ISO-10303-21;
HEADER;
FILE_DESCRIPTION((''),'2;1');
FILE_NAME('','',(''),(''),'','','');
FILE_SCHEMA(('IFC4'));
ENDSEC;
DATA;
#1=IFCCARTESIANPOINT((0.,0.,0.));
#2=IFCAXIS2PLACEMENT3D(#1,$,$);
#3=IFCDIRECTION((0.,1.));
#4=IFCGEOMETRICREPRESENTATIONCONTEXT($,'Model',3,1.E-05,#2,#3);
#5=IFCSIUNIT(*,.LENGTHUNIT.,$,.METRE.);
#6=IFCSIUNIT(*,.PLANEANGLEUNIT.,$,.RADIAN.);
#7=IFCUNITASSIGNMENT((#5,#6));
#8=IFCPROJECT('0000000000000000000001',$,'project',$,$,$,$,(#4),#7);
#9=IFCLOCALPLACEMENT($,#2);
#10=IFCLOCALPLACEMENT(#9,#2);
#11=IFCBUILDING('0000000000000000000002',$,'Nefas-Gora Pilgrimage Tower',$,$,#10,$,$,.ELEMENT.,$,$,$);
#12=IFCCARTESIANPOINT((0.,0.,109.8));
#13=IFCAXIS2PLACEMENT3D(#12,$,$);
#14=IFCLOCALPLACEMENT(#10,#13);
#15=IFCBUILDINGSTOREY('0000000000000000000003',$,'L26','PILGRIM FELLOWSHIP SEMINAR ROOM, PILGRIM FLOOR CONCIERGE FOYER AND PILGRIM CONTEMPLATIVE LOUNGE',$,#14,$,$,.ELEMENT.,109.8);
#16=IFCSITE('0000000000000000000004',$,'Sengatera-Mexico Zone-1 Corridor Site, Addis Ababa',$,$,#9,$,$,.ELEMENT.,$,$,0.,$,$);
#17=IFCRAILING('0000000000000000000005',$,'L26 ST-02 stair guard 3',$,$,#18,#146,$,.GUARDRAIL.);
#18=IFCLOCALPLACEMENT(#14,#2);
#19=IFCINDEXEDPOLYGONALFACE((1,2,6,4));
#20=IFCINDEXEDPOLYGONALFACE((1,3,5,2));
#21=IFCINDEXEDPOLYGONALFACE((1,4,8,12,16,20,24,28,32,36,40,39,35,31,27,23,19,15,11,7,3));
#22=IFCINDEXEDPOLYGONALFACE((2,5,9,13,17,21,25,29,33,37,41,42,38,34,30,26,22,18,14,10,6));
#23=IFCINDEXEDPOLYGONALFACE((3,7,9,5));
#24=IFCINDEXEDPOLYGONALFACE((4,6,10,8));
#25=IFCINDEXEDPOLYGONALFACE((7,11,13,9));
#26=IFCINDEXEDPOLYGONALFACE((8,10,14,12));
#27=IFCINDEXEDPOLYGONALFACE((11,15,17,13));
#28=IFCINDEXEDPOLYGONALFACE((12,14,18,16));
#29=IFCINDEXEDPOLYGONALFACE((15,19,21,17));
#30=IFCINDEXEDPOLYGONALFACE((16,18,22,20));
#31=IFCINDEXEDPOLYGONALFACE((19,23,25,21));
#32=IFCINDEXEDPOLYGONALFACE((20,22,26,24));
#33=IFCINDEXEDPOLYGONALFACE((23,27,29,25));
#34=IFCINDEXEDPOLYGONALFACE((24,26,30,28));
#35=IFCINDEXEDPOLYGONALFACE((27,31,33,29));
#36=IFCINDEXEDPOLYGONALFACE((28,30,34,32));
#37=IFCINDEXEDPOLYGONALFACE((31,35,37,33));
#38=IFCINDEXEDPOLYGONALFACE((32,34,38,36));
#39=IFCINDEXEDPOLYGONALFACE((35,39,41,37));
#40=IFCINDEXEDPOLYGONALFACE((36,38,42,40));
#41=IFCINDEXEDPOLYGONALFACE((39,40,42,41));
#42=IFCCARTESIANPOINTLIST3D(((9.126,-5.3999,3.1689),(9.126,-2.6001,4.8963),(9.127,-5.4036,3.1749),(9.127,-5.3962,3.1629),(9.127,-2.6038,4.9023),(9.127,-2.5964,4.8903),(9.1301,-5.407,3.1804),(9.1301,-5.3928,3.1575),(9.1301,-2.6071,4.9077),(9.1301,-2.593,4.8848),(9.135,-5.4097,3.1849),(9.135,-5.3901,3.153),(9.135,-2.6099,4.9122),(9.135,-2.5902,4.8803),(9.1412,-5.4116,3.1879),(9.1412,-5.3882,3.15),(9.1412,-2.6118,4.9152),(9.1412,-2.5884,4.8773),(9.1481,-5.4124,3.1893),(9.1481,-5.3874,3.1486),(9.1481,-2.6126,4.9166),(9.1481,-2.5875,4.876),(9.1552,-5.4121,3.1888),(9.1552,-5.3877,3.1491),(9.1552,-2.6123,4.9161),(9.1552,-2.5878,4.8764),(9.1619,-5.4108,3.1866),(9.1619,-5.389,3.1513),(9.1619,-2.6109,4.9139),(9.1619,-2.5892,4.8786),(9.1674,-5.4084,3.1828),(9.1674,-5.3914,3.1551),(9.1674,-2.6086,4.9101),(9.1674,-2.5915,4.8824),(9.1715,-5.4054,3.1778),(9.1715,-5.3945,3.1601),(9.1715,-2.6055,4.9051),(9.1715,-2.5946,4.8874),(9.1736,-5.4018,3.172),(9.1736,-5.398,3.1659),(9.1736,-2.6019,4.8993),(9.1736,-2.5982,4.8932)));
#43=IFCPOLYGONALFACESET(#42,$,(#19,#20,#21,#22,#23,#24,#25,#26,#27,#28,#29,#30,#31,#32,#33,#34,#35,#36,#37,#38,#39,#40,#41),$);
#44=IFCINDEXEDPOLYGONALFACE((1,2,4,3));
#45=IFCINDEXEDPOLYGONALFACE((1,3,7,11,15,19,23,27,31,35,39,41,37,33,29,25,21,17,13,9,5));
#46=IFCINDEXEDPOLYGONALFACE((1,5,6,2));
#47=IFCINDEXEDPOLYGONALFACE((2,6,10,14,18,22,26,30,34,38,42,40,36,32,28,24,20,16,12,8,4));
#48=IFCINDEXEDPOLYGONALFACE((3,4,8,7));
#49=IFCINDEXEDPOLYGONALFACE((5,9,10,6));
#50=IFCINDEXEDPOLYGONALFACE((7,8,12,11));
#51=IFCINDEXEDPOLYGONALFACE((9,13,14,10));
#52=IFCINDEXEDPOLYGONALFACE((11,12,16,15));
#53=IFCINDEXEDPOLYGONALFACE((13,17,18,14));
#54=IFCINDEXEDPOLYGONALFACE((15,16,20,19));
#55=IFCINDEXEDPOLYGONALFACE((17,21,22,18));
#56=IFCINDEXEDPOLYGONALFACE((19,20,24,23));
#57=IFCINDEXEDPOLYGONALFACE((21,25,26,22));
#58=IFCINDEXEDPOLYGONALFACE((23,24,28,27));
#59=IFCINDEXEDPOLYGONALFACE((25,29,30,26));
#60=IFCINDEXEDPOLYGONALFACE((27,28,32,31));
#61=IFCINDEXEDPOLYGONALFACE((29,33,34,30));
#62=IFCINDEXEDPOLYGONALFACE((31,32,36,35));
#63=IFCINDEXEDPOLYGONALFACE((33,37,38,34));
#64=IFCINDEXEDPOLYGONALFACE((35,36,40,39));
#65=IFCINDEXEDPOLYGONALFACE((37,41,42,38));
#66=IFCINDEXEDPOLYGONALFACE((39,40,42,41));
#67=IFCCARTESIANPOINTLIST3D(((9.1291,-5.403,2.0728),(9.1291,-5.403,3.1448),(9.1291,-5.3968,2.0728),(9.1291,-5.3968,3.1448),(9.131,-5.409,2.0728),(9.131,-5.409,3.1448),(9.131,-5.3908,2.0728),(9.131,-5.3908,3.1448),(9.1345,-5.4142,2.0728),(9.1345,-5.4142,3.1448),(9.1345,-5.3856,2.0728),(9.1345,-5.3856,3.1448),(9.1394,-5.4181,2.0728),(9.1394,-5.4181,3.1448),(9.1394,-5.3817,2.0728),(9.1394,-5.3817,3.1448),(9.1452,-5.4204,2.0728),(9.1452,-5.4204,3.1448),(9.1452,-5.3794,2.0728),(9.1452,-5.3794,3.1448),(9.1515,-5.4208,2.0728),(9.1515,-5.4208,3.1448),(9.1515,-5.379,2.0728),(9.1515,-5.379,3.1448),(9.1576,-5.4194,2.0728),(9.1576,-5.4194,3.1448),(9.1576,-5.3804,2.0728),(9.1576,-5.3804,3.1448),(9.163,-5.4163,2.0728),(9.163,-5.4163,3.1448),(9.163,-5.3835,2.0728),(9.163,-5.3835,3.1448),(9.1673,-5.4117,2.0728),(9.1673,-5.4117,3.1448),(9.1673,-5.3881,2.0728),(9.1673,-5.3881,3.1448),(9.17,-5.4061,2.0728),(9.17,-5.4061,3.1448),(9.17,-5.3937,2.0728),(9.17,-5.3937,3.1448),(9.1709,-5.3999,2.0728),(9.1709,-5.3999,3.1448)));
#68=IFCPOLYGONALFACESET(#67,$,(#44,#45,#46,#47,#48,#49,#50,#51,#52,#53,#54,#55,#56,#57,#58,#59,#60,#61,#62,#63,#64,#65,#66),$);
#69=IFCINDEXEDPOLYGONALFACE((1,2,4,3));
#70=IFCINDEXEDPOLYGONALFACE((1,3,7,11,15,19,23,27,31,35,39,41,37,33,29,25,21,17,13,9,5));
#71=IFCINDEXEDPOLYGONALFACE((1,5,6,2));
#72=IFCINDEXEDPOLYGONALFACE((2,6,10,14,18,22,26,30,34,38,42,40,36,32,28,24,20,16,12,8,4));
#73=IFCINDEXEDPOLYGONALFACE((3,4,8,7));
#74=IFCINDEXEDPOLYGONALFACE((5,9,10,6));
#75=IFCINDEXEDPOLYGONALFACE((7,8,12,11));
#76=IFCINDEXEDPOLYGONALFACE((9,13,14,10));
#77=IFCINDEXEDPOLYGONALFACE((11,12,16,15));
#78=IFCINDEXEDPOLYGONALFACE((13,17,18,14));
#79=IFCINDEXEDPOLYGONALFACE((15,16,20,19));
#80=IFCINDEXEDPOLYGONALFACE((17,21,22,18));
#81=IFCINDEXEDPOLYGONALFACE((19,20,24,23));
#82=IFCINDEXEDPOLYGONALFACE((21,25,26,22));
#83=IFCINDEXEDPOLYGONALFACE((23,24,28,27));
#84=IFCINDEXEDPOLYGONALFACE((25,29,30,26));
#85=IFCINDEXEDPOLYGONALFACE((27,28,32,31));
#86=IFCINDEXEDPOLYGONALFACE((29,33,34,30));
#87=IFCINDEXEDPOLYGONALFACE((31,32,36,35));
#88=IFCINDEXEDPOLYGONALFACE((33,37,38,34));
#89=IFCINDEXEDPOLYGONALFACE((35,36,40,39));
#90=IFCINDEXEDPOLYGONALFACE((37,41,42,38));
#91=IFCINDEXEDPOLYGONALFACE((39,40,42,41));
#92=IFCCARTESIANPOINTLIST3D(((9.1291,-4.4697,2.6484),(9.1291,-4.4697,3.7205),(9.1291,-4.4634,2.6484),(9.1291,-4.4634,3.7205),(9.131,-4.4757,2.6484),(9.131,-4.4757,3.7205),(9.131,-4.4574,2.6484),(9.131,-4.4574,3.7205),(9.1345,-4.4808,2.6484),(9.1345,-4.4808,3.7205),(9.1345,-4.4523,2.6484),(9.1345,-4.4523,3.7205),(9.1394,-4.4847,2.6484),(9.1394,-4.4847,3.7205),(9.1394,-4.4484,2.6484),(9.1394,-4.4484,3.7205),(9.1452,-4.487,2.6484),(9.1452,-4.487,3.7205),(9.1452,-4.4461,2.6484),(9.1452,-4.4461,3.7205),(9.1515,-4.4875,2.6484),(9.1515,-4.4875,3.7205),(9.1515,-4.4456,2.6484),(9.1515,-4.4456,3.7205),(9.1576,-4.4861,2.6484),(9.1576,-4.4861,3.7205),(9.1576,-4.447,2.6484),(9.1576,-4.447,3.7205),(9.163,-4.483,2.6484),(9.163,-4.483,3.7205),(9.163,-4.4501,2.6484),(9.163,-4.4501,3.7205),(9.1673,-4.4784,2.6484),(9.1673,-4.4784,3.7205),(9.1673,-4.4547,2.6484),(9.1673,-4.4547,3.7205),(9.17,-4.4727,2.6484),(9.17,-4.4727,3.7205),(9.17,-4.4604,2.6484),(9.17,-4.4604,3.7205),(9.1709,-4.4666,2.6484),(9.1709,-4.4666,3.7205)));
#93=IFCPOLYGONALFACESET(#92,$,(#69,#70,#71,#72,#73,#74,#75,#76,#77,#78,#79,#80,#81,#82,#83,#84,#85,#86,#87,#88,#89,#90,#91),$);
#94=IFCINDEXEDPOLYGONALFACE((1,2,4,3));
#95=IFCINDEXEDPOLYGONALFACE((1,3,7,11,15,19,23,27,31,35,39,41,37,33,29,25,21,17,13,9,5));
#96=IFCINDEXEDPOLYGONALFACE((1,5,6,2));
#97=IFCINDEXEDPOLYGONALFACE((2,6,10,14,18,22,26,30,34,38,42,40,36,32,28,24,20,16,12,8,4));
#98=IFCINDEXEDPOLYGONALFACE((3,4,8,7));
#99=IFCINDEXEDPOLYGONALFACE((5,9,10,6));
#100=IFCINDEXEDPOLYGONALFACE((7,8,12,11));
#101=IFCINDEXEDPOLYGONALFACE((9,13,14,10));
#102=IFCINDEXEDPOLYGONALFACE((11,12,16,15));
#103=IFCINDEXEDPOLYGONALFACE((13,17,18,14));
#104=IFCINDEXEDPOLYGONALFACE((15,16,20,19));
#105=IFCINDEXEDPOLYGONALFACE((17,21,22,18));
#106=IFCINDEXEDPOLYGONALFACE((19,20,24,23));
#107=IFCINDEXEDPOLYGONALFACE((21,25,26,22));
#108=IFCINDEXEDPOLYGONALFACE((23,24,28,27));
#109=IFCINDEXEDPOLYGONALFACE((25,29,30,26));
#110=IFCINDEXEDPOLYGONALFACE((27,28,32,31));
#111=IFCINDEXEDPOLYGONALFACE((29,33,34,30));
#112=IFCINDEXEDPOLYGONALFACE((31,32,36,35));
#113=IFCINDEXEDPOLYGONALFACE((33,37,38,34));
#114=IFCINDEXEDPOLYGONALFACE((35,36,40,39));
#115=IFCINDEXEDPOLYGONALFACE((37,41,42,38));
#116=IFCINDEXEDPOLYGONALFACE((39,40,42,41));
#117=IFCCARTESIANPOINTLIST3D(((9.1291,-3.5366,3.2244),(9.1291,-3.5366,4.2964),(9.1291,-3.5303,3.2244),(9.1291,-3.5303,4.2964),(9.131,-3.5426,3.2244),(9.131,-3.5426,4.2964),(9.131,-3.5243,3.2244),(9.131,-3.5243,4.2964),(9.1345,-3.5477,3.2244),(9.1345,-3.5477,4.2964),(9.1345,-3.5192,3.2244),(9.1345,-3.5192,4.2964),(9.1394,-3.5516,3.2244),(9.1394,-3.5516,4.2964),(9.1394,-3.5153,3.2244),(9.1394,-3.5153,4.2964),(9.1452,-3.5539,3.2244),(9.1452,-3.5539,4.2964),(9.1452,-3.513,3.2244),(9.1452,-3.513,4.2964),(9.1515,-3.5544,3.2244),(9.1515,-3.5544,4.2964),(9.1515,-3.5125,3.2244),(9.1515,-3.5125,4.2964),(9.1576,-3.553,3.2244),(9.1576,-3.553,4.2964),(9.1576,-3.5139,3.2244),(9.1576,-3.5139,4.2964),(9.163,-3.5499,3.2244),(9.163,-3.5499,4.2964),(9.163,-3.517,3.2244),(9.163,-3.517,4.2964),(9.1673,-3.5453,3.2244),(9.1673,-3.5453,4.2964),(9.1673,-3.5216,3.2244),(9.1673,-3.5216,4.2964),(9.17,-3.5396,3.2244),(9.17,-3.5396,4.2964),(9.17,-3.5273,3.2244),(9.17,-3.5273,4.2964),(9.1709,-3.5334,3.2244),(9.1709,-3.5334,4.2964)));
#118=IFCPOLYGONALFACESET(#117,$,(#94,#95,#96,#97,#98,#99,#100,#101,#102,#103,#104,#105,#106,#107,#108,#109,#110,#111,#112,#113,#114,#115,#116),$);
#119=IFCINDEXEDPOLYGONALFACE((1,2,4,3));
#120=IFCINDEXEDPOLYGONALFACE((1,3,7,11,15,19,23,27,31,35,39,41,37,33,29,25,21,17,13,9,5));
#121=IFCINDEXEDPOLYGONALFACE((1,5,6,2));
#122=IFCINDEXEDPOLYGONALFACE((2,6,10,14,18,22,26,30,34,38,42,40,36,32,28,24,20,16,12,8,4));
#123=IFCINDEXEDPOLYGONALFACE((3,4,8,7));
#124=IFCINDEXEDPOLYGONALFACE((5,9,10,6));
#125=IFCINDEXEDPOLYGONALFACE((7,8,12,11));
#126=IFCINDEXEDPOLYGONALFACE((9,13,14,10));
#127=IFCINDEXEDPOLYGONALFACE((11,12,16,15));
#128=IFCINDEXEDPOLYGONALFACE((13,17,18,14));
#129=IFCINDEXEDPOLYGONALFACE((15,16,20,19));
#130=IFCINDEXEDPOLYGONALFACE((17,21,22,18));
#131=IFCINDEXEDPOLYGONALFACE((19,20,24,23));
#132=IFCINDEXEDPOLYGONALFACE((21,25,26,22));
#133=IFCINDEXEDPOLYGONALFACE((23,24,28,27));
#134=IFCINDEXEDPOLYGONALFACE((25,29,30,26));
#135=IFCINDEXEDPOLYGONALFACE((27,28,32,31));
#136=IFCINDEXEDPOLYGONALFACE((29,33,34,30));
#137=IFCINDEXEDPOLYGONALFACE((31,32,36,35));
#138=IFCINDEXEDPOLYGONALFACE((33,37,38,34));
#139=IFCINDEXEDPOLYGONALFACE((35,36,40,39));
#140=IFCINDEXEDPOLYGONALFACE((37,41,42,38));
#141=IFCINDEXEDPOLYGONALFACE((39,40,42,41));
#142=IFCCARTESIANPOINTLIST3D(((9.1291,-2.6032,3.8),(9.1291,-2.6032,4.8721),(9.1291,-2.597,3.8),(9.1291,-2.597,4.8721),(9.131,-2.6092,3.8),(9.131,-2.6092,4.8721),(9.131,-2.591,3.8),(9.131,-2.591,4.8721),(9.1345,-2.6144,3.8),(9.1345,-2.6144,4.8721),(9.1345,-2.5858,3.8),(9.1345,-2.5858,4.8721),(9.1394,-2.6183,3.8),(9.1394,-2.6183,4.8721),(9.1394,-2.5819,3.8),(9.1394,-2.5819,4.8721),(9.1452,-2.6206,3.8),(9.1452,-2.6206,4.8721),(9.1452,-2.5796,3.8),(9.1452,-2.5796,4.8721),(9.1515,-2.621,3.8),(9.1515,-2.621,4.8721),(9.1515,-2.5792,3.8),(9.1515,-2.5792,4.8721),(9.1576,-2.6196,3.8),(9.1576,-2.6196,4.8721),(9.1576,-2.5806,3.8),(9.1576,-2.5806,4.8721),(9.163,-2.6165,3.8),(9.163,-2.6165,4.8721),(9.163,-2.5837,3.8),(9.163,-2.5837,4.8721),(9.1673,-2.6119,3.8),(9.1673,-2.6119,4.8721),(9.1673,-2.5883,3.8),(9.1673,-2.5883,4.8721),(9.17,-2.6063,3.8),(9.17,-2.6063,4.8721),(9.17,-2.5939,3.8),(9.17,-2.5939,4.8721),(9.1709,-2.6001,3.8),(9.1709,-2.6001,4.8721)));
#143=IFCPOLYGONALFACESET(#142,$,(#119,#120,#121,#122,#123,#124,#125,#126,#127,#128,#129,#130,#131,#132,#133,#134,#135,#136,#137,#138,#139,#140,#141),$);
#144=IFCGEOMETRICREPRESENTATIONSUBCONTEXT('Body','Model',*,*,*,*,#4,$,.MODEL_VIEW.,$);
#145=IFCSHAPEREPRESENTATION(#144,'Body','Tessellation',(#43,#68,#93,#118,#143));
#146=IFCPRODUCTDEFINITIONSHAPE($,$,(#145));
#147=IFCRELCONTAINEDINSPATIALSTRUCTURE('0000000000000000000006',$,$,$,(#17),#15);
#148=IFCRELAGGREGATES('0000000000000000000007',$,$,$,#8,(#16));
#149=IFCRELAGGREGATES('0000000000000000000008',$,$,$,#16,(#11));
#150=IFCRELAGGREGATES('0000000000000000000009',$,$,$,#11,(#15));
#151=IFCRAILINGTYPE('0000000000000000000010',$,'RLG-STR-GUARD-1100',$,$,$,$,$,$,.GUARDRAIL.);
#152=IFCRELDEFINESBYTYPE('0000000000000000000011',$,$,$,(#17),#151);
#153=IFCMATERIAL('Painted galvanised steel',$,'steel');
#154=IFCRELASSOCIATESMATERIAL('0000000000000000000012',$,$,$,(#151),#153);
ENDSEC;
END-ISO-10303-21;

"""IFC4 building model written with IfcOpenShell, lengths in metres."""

from ifc_helpers import new_model, si_unit, direction, frame, origin, origin_2d, place, context, subcontext, project, spatial, circle, extrude, material, type_object, element, save


model = new_model("IFC4")

# Units and contexts
model_context = context("Model", 3, precision=1e-05, world=origin(), true_north=direction((0.0, 1.0)))
body_context = subcontext(model_context, "Body", "Model", "MODEL_VIEW")
ifc_project = project(units=[si_unit("LENGTHUNIT", "METRE"), si_unit("PLANEANGLEUNIT", "RADIAN")], contexts=[model_context])

# Site, building, storey
site_placement = place(None, origin())
site = spatial("IfcSite", under=ifc_project, at=site_placement, Name="Sengatera-Mexico Zone-1 Corridor Site, Addis Ababa", CompositionType="ELEMENT", RefElevation=0.0)
building_placement = place(site_placement, origin())
building = spatial("IfcBuilding", under=site, at=building_placement, Name="Nefas-Gora Pilgrimage Tower", CompositionType="ELEMENT")
storey_placement = place(building_placement, frame((0.0, 0.0, 109.8)))
storey = spatial("IfcBuildingStorey", under=building, at=storey_placement, Name="L26", Description="PILGRIM FELLOWSHIP SEMINAR ROOM, PILGRIM FLOOR CONCIERGE FOYER AND PILGRIM CONTEMPLATIVE LOUNGE", CompositionType="ELEMENT", Elevation=109.8)

# Railing
ifc_material_1 = material(Name="Painted galvanised steel", Category="steel")
railing_type_1 = type_object("IfcRailingType", Name="RLG-STR-GUARD-1100", PredefinedType="GUARDRAIL", material=ifc_material_1)
railing_1_placement = place(storey_placement, frame((9.1499, -5.3999, 2.0728)))
element("IfcRailing", 1, at=railing_1_placement, inside=storey, type_object=railing_type_1, Name="L26 ST-02 stair guard 3", PredefinedType="GUARDRAIL", context=body_context, shape_type="SweptSolid", body=[
    extrude(circle(Radius=0.0239, at=origin_2d()), frame((0.0, 0.0, 1.0962), z_axis=(0.0, 0.851069, 0.525054), x_axis=(-1.0, 0.0, 0.0)), (0.0, 0.0, 1.0), 3.2898),
    extrude(circle(Radius=0.021, at=origin_2d()), origin(), (0.0, 0.0, 1.0), 1.072),
    extrude(circle(Radius=0.021, at=origin_2d()), frame((0.0, 0.9333, 0.5757)), (0.0, 0.0, 1.0), 1.072),
    extrude(circle(Radius=0.021, at=origin_2d()), frame((0.0, 1.8665, 1.1516)), (0.0, 0.0, 1.0), 1.072),
    extrude(circle(Radius=0.021, at=origin_2d()), frame((0.0, 2.7998, 1.7273)), (0.0, 0.0, 1.0), 1.072),
])

save(model, "model.ifc")
